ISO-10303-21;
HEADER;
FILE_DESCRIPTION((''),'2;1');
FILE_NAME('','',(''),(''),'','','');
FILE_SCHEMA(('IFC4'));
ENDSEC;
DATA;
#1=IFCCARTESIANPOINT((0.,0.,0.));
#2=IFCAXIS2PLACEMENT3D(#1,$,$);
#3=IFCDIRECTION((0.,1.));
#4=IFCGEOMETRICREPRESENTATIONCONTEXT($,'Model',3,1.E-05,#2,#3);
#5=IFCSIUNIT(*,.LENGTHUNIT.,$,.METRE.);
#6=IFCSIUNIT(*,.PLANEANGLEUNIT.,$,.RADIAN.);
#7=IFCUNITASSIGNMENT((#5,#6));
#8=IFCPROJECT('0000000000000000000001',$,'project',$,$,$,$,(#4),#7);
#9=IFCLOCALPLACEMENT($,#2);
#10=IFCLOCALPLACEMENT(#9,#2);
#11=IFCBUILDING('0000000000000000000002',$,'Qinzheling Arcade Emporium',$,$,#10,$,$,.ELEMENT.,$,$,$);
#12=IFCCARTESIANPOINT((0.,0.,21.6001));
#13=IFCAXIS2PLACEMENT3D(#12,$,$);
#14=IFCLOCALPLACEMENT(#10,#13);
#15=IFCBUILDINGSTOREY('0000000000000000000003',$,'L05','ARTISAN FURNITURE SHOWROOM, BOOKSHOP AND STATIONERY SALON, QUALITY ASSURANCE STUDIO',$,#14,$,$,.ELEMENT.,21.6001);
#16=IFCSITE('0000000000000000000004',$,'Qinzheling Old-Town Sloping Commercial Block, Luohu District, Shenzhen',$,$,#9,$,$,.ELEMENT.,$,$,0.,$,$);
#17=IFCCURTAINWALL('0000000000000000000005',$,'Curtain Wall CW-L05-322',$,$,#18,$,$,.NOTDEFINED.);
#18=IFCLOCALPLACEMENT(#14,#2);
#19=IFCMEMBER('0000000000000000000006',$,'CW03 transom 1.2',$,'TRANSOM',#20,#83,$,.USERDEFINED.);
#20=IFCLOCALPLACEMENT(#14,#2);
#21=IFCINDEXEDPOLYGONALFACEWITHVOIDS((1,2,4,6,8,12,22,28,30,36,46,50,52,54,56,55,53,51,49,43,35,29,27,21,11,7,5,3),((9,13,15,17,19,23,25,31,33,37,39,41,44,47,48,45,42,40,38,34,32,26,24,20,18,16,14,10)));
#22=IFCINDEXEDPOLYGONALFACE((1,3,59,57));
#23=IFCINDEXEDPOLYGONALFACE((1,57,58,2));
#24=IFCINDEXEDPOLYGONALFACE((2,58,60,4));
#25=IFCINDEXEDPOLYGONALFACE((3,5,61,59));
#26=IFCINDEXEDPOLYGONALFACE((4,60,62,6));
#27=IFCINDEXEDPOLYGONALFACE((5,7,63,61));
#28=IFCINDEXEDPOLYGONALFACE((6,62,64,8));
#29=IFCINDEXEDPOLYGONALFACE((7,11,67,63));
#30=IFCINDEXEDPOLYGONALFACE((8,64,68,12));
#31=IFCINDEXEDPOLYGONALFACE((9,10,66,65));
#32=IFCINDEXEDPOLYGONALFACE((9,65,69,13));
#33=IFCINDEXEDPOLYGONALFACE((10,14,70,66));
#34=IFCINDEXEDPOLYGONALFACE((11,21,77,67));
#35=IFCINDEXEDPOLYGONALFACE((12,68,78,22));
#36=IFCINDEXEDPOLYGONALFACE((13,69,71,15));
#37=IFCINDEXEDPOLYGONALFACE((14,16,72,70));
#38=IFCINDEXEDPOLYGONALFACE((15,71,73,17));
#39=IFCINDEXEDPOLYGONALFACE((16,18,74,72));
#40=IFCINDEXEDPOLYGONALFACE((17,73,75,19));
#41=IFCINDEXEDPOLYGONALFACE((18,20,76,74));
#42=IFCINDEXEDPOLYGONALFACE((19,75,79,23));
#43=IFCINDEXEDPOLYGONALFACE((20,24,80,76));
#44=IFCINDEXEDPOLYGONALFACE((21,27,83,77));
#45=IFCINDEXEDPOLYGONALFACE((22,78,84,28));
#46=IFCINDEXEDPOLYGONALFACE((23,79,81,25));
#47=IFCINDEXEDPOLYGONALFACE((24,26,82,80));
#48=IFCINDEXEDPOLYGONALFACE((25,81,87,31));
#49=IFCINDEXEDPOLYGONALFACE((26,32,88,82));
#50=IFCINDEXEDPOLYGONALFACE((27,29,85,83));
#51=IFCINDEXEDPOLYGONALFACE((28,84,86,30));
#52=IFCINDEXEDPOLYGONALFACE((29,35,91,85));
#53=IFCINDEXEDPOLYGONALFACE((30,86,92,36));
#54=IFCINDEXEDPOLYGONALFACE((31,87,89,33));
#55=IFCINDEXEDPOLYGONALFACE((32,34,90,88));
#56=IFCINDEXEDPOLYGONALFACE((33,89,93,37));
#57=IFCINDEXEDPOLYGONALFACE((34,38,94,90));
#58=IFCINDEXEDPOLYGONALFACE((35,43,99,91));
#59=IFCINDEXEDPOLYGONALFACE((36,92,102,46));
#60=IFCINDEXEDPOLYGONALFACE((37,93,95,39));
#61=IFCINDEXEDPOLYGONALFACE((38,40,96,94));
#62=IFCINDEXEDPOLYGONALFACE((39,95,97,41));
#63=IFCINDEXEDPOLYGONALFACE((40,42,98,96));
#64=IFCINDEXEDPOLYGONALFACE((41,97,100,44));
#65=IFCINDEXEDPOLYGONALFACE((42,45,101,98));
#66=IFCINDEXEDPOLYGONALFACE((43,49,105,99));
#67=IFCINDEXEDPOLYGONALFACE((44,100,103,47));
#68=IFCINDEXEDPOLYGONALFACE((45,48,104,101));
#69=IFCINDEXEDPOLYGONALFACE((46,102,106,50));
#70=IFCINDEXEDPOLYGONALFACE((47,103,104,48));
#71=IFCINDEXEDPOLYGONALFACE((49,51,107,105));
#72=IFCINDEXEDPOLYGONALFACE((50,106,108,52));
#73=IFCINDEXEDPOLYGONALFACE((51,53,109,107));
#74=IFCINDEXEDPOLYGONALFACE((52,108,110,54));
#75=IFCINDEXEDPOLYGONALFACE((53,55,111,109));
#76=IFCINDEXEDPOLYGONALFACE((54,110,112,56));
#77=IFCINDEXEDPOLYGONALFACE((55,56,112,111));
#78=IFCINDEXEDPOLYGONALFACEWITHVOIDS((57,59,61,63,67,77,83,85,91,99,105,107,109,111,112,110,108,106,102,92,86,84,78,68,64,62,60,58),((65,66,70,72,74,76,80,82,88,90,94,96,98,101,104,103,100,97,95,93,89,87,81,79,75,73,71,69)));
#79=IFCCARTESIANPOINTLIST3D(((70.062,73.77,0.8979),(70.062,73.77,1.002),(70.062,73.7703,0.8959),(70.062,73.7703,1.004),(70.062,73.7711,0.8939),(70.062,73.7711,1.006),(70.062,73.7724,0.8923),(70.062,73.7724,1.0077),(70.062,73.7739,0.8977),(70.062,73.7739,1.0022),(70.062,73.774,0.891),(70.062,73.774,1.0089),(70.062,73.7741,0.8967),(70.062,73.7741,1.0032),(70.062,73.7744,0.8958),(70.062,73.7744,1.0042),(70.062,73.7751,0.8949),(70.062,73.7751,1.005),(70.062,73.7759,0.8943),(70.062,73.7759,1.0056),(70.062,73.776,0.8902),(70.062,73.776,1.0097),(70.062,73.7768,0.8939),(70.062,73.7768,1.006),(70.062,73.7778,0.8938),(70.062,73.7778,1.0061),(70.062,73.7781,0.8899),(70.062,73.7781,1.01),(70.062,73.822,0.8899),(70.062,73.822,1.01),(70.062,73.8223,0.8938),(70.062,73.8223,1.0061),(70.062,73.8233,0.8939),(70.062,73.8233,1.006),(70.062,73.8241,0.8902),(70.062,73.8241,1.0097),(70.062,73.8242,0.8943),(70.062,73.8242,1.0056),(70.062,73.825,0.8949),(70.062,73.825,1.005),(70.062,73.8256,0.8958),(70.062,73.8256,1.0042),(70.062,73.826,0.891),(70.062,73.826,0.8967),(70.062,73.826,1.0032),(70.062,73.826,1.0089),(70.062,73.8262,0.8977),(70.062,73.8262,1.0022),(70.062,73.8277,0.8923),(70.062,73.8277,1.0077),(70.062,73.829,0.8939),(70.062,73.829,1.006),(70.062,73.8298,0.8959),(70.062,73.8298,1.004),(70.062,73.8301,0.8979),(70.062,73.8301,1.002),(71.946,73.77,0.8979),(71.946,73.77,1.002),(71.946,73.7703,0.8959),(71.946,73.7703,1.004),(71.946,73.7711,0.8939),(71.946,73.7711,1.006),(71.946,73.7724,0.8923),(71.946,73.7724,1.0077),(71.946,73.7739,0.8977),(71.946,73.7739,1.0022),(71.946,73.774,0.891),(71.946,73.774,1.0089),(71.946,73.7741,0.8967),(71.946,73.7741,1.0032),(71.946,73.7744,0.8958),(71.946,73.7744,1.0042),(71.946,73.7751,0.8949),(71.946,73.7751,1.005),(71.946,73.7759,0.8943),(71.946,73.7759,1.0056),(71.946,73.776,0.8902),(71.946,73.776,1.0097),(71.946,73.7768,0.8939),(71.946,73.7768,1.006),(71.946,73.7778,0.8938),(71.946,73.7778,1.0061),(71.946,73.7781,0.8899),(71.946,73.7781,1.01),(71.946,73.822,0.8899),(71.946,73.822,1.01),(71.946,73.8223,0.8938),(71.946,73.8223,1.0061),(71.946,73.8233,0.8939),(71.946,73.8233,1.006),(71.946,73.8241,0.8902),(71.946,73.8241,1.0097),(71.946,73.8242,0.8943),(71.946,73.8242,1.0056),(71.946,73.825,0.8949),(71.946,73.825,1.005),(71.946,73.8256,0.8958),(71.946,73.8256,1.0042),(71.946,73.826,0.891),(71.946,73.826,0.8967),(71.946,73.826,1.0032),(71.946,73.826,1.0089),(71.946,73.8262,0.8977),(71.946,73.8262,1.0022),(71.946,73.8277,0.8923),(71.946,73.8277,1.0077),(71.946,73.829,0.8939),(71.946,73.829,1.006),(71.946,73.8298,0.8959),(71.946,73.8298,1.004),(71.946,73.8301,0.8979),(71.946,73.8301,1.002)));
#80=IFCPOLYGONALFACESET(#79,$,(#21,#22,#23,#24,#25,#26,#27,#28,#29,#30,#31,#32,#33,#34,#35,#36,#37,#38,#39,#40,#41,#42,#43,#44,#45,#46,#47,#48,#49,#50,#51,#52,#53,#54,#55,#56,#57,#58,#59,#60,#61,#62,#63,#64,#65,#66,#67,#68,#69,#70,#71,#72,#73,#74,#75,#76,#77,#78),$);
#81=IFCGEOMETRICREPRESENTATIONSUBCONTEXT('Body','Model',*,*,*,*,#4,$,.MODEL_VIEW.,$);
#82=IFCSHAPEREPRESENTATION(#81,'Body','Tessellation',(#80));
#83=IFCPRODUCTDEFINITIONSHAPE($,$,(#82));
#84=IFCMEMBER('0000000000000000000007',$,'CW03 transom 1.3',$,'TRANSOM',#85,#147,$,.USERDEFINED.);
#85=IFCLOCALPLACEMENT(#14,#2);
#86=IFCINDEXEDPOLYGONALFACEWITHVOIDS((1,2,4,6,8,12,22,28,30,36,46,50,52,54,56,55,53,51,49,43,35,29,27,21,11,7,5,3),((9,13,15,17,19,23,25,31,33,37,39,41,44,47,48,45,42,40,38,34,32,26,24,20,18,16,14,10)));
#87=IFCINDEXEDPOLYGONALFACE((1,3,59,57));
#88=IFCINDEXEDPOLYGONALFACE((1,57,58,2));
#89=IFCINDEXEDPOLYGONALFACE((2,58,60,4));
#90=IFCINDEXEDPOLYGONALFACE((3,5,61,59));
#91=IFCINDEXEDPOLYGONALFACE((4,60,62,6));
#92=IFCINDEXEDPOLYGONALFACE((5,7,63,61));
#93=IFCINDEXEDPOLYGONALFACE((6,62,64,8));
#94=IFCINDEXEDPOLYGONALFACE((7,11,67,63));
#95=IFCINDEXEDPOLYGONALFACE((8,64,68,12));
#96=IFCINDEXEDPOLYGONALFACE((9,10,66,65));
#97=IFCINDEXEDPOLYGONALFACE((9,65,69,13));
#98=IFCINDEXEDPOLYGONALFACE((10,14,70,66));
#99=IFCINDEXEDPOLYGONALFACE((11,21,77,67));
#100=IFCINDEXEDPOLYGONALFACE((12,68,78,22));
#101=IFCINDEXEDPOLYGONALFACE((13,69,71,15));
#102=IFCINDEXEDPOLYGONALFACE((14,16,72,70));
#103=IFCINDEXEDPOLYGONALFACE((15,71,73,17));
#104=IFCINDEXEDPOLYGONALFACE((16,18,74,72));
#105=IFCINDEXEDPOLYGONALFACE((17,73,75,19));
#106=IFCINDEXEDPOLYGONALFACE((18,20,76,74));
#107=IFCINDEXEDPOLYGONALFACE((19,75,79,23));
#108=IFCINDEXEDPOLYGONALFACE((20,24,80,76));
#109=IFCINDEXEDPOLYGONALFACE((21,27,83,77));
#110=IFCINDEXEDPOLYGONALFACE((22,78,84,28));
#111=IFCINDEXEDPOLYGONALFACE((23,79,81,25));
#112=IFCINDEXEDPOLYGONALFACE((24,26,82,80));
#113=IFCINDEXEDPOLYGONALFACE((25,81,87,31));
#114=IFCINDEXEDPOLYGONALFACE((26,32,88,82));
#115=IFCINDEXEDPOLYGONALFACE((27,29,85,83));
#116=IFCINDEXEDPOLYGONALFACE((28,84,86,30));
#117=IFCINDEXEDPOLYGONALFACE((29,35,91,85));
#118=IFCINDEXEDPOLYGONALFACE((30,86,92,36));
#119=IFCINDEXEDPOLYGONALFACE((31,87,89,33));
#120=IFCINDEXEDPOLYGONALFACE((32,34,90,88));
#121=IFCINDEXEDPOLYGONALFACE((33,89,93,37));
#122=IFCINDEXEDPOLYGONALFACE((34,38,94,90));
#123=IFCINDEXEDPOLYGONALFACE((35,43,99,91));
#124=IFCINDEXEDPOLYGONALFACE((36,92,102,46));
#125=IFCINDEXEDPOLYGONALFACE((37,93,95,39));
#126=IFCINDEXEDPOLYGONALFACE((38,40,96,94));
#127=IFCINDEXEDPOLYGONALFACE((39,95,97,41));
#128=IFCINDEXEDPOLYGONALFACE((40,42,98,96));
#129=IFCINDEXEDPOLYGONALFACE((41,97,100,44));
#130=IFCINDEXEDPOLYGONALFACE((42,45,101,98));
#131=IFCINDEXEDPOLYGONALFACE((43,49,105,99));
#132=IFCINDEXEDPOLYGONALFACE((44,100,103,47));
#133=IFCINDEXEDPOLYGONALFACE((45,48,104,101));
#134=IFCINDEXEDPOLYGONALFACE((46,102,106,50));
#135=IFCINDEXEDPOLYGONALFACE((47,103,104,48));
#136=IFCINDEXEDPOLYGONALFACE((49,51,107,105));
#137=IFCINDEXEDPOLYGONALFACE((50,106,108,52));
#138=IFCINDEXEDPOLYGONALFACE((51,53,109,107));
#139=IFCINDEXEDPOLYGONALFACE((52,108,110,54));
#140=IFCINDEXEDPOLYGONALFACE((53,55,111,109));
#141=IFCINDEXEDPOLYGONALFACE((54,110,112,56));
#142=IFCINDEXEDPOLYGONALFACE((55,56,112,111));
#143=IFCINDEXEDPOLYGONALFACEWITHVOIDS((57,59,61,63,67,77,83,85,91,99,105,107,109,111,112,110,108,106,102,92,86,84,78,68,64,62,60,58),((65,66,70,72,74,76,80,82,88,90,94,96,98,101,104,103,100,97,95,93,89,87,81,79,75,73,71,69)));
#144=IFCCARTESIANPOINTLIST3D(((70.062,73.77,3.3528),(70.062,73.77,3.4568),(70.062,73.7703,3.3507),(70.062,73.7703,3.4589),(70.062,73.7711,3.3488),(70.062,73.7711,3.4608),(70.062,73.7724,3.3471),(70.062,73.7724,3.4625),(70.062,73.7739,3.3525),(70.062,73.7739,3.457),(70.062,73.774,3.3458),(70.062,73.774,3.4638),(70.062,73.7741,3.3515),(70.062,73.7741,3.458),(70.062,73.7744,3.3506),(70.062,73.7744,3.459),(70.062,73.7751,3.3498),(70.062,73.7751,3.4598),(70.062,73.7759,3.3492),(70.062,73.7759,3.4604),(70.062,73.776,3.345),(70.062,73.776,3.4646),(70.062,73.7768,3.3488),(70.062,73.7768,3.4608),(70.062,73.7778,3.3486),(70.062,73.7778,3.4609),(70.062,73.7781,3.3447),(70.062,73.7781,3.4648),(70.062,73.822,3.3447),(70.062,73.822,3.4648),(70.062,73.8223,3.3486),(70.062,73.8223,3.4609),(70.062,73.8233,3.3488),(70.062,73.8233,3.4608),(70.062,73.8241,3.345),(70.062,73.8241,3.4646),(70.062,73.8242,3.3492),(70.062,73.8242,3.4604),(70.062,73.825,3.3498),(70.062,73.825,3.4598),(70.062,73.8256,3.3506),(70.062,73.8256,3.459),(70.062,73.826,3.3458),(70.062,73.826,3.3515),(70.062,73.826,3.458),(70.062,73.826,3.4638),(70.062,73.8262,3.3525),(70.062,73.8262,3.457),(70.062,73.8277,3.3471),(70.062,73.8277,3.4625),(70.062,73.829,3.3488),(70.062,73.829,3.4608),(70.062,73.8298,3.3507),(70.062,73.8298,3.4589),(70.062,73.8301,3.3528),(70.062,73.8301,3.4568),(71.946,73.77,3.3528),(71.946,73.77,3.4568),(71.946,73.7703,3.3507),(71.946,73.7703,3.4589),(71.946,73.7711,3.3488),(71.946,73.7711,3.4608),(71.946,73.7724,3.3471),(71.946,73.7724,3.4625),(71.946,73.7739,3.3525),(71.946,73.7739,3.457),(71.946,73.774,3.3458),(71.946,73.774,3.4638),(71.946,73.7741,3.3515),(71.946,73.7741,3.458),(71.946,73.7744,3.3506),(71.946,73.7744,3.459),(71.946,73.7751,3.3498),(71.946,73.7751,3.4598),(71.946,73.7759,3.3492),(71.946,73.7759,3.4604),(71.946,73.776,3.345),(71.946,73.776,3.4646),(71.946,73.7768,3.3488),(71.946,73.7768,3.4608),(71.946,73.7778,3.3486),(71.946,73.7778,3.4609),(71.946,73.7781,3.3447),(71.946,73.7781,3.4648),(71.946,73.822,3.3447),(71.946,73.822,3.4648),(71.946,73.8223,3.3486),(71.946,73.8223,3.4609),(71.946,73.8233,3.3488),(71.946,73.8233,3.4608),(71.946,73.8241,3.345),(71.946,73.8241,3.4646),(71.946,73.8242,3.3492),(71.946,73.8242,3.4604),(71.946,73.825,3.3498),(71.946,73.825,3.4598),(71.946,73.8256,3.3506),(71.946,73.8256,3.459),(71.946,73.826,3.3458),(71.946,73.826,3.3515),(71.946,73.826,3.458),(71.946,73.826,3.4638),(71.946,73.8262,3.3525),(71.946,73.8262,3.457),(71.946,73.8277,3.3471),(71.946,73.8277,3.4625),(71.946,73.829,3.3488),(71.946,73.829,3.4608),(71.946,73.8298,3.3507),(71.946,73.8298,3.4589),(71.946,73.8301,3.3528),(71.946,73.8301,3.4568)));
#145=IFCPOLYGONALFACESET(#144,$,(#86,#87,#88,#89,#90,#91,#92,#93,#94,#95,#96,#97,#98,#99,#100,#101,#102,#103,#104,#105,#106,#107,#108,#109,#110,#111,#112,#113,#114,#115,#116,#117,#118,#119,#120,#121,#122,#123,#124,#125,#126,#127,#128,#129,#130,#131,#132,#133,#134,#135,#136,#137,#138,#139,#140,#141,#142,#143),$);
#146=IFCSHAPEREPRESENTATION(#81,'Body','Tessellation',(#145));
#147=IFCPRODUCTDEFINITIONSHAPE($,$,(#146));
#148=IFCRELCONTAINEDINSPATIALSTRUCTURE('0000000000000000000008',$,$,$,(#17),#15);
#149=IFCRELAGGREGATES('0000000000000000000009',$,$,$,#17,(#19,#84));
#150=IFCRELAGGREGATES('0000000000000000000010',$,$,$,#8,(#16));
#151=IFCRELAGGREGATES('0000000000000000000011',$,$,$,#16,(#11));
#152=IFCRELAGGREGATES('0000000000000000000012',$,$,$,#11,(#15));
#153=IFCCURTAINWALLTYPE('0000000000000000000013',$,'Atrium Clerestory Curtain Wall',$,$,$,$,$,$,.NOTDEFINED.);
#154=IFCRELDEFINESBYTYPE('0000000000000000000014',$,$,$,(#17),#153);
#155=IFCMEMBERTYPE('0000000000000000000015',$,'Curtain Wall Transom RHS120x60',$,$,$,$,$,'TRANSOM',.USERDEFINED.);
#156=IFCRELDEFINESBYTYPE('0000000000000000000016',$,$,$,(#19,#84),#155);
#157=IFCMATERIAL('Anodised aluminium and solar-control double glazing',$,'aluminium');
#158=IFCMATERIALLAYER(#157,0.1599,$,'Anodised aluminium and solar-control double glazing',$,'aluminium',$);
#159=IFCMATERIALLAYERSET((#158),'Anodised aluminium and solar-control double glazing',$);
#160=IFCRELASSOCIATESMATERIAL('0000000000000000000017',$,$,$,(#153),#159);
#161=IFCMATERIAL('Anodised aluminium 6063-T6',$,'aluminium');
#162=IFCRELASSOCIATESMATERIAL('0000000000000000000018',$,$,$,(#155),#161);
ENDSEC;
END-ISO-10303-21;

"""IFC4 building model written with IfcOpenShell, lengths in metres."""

from ifc_helpers import new_model, si_unit, direction, frame, origin, origin_2d, place, context, subcontext, project, spatial, hollow_rectangle, extrude, material, layer, layer_set, material_profile, profile_set, type_object, element, aggregate, save


model = new_model("IFC4")

# Units and contexts
model_context = context("Model", 3, precision=1e-05, world=origin(), true_north=direction((0.0, 1.0)))
body_context = subcontext(model_context, "Body", "Model", "MODEL_VIEW")
ifc_project = project(units=[si_unit("LENGTHUNIT", "METRE"), si_unit("PLANEANGLEUNIT", "RADIAN")], contexts=[model_context])

# Site, building, storey
site_placement = place(None, origin())
site = spatial("IfcSite", under=ifc_project, at=site_placement, Name="Qinzheling Old-Town Sloping Commercial Block, Luohu District, Shenzhen", CompositionType="ELEMENT", RefElevation=0.0)
building_placement = place(site_placement, origin())
building = spatial("IfcBuilding", under=site, at=building_placement, Name="Qinzheling Arcade Emporium", CompositionType="ELEMENT")
storey_placement = place(building_placement, frame((0.0, 0.0, 21.6001)))
storey = spatial("IfcBuildingStorey", under=building, at=storey_placement, Name="L05", Description="ARTISAN FURNITURE SHOWROOM, BOOKSHOP AND STATIONERY SALON, QUALITY ASSURANCE STUDIO", CompositionType="ELEMENT", Elevation=21.6001)

# Shared definitions
ifc_material_1 = material(Name="Anodised aluminium and solar-control double glazing", Category="aluminium")
ifc_layer_1 = layer(ifc_material_1, 0.1599, Name="Anodised aluminium and solar-control double glazing", Category="aluminium")
ifc_layer_set_1 = layer_set([ifc_layer_1], Name="Anodised aluminium and solar-control double glazing")
curtain_wall_type = type_object("IfcCurtainWallType", Name="Atrium Clerestory Curtain Wall", PredefinedType="NOTDEFINED", material=ifc_layer_set_1)
ifc_material_2 = material(Name="Anodised aluminium 6063-T6", Category="aluminium")

# Curtain wall
curtain_wall_1_placement = place(storey_placement, origin())
curtain_wall_1 = element("IfcCurtainWall", 1, at=curtain_wall_1_placement, inside=storey, type_object=curtain_wall_type, Name="Curtain Wall CW-L05-322", PredefinedType="NOTDEFINED")

# Members
ifc_material_profile_1 = material_profile(ifc_material_2, hollow_rectangle(XDim=0.0601, YDim=0.1201, WallThickness=0.0039, InnerFilletRadius=0.0039, OuterFilletRadius=0.0081, at=origin_2d()), Name="RHS 120x60x4", Category="aluminium")
ifc_profile_set_1 = profile_set([ifc_material_profile_1], Name="Anodised aluminium 6063-T6")
member_type_1 = type_object("IfcMemberType", Name="Curtain Wall Transom RHS120x60", ElementType="TRANSOM", PredefinedType="USERDEFINED", material=ifc_profile_set_1)
member_1_placement = place(storey_placement, frame((70.062, 73.8, 0.95), z_axis=(1.0, 0.0, 0.0), x_axis=(0.0, 1.0, 0.0)))
member_1 = element("IfcMember", 2, at=member_1_placement, type_object=member_type_1, Name="CW03 transom 1.2", ObjectType="TRANSOM", PredefinedType="USERDEFINED", context=body_context, shape_type="SweptSolid", body=[
    extrude(hollow_rectangle(XDim=0.0601, YDim=0.1201, WallThickness=0.0039, InnerFilletRadius=0.0039, OuterFilletRadius=0.0081, at=origin_2d()), origin(), (0.0, 0.0, 1.0), 1.884),
])
member_2_placement = place(storey_placement, frame((70.062, 73.8, 3.4048), z_axis=(1.0, 0.0, 0.0), x_axis=(0.0, 1.0, 0.0)))
member_2 = element("IfcMember", 3, at=member_2_placement, type_object=member_type_1, Name="CW03 transom 1.3", ObjectType="TRANSOM", PredefinedType="USERDEFINED", context=body_context, shape_type="SweptSolid", body=[
    extrude(hollow_rectangle(XDim=0.0601, YDim=0.1201, WallThickness=0.0039, InnerFilletRadius=0.0039, OuterFilletRadius=0.0081, at=origin_2d()), origin(), (0.0, 0.0, 1.0), 1.884),
])

aggregate(curtain_wall_1, [member_1, member_2])

save(model, "model.ifc")
